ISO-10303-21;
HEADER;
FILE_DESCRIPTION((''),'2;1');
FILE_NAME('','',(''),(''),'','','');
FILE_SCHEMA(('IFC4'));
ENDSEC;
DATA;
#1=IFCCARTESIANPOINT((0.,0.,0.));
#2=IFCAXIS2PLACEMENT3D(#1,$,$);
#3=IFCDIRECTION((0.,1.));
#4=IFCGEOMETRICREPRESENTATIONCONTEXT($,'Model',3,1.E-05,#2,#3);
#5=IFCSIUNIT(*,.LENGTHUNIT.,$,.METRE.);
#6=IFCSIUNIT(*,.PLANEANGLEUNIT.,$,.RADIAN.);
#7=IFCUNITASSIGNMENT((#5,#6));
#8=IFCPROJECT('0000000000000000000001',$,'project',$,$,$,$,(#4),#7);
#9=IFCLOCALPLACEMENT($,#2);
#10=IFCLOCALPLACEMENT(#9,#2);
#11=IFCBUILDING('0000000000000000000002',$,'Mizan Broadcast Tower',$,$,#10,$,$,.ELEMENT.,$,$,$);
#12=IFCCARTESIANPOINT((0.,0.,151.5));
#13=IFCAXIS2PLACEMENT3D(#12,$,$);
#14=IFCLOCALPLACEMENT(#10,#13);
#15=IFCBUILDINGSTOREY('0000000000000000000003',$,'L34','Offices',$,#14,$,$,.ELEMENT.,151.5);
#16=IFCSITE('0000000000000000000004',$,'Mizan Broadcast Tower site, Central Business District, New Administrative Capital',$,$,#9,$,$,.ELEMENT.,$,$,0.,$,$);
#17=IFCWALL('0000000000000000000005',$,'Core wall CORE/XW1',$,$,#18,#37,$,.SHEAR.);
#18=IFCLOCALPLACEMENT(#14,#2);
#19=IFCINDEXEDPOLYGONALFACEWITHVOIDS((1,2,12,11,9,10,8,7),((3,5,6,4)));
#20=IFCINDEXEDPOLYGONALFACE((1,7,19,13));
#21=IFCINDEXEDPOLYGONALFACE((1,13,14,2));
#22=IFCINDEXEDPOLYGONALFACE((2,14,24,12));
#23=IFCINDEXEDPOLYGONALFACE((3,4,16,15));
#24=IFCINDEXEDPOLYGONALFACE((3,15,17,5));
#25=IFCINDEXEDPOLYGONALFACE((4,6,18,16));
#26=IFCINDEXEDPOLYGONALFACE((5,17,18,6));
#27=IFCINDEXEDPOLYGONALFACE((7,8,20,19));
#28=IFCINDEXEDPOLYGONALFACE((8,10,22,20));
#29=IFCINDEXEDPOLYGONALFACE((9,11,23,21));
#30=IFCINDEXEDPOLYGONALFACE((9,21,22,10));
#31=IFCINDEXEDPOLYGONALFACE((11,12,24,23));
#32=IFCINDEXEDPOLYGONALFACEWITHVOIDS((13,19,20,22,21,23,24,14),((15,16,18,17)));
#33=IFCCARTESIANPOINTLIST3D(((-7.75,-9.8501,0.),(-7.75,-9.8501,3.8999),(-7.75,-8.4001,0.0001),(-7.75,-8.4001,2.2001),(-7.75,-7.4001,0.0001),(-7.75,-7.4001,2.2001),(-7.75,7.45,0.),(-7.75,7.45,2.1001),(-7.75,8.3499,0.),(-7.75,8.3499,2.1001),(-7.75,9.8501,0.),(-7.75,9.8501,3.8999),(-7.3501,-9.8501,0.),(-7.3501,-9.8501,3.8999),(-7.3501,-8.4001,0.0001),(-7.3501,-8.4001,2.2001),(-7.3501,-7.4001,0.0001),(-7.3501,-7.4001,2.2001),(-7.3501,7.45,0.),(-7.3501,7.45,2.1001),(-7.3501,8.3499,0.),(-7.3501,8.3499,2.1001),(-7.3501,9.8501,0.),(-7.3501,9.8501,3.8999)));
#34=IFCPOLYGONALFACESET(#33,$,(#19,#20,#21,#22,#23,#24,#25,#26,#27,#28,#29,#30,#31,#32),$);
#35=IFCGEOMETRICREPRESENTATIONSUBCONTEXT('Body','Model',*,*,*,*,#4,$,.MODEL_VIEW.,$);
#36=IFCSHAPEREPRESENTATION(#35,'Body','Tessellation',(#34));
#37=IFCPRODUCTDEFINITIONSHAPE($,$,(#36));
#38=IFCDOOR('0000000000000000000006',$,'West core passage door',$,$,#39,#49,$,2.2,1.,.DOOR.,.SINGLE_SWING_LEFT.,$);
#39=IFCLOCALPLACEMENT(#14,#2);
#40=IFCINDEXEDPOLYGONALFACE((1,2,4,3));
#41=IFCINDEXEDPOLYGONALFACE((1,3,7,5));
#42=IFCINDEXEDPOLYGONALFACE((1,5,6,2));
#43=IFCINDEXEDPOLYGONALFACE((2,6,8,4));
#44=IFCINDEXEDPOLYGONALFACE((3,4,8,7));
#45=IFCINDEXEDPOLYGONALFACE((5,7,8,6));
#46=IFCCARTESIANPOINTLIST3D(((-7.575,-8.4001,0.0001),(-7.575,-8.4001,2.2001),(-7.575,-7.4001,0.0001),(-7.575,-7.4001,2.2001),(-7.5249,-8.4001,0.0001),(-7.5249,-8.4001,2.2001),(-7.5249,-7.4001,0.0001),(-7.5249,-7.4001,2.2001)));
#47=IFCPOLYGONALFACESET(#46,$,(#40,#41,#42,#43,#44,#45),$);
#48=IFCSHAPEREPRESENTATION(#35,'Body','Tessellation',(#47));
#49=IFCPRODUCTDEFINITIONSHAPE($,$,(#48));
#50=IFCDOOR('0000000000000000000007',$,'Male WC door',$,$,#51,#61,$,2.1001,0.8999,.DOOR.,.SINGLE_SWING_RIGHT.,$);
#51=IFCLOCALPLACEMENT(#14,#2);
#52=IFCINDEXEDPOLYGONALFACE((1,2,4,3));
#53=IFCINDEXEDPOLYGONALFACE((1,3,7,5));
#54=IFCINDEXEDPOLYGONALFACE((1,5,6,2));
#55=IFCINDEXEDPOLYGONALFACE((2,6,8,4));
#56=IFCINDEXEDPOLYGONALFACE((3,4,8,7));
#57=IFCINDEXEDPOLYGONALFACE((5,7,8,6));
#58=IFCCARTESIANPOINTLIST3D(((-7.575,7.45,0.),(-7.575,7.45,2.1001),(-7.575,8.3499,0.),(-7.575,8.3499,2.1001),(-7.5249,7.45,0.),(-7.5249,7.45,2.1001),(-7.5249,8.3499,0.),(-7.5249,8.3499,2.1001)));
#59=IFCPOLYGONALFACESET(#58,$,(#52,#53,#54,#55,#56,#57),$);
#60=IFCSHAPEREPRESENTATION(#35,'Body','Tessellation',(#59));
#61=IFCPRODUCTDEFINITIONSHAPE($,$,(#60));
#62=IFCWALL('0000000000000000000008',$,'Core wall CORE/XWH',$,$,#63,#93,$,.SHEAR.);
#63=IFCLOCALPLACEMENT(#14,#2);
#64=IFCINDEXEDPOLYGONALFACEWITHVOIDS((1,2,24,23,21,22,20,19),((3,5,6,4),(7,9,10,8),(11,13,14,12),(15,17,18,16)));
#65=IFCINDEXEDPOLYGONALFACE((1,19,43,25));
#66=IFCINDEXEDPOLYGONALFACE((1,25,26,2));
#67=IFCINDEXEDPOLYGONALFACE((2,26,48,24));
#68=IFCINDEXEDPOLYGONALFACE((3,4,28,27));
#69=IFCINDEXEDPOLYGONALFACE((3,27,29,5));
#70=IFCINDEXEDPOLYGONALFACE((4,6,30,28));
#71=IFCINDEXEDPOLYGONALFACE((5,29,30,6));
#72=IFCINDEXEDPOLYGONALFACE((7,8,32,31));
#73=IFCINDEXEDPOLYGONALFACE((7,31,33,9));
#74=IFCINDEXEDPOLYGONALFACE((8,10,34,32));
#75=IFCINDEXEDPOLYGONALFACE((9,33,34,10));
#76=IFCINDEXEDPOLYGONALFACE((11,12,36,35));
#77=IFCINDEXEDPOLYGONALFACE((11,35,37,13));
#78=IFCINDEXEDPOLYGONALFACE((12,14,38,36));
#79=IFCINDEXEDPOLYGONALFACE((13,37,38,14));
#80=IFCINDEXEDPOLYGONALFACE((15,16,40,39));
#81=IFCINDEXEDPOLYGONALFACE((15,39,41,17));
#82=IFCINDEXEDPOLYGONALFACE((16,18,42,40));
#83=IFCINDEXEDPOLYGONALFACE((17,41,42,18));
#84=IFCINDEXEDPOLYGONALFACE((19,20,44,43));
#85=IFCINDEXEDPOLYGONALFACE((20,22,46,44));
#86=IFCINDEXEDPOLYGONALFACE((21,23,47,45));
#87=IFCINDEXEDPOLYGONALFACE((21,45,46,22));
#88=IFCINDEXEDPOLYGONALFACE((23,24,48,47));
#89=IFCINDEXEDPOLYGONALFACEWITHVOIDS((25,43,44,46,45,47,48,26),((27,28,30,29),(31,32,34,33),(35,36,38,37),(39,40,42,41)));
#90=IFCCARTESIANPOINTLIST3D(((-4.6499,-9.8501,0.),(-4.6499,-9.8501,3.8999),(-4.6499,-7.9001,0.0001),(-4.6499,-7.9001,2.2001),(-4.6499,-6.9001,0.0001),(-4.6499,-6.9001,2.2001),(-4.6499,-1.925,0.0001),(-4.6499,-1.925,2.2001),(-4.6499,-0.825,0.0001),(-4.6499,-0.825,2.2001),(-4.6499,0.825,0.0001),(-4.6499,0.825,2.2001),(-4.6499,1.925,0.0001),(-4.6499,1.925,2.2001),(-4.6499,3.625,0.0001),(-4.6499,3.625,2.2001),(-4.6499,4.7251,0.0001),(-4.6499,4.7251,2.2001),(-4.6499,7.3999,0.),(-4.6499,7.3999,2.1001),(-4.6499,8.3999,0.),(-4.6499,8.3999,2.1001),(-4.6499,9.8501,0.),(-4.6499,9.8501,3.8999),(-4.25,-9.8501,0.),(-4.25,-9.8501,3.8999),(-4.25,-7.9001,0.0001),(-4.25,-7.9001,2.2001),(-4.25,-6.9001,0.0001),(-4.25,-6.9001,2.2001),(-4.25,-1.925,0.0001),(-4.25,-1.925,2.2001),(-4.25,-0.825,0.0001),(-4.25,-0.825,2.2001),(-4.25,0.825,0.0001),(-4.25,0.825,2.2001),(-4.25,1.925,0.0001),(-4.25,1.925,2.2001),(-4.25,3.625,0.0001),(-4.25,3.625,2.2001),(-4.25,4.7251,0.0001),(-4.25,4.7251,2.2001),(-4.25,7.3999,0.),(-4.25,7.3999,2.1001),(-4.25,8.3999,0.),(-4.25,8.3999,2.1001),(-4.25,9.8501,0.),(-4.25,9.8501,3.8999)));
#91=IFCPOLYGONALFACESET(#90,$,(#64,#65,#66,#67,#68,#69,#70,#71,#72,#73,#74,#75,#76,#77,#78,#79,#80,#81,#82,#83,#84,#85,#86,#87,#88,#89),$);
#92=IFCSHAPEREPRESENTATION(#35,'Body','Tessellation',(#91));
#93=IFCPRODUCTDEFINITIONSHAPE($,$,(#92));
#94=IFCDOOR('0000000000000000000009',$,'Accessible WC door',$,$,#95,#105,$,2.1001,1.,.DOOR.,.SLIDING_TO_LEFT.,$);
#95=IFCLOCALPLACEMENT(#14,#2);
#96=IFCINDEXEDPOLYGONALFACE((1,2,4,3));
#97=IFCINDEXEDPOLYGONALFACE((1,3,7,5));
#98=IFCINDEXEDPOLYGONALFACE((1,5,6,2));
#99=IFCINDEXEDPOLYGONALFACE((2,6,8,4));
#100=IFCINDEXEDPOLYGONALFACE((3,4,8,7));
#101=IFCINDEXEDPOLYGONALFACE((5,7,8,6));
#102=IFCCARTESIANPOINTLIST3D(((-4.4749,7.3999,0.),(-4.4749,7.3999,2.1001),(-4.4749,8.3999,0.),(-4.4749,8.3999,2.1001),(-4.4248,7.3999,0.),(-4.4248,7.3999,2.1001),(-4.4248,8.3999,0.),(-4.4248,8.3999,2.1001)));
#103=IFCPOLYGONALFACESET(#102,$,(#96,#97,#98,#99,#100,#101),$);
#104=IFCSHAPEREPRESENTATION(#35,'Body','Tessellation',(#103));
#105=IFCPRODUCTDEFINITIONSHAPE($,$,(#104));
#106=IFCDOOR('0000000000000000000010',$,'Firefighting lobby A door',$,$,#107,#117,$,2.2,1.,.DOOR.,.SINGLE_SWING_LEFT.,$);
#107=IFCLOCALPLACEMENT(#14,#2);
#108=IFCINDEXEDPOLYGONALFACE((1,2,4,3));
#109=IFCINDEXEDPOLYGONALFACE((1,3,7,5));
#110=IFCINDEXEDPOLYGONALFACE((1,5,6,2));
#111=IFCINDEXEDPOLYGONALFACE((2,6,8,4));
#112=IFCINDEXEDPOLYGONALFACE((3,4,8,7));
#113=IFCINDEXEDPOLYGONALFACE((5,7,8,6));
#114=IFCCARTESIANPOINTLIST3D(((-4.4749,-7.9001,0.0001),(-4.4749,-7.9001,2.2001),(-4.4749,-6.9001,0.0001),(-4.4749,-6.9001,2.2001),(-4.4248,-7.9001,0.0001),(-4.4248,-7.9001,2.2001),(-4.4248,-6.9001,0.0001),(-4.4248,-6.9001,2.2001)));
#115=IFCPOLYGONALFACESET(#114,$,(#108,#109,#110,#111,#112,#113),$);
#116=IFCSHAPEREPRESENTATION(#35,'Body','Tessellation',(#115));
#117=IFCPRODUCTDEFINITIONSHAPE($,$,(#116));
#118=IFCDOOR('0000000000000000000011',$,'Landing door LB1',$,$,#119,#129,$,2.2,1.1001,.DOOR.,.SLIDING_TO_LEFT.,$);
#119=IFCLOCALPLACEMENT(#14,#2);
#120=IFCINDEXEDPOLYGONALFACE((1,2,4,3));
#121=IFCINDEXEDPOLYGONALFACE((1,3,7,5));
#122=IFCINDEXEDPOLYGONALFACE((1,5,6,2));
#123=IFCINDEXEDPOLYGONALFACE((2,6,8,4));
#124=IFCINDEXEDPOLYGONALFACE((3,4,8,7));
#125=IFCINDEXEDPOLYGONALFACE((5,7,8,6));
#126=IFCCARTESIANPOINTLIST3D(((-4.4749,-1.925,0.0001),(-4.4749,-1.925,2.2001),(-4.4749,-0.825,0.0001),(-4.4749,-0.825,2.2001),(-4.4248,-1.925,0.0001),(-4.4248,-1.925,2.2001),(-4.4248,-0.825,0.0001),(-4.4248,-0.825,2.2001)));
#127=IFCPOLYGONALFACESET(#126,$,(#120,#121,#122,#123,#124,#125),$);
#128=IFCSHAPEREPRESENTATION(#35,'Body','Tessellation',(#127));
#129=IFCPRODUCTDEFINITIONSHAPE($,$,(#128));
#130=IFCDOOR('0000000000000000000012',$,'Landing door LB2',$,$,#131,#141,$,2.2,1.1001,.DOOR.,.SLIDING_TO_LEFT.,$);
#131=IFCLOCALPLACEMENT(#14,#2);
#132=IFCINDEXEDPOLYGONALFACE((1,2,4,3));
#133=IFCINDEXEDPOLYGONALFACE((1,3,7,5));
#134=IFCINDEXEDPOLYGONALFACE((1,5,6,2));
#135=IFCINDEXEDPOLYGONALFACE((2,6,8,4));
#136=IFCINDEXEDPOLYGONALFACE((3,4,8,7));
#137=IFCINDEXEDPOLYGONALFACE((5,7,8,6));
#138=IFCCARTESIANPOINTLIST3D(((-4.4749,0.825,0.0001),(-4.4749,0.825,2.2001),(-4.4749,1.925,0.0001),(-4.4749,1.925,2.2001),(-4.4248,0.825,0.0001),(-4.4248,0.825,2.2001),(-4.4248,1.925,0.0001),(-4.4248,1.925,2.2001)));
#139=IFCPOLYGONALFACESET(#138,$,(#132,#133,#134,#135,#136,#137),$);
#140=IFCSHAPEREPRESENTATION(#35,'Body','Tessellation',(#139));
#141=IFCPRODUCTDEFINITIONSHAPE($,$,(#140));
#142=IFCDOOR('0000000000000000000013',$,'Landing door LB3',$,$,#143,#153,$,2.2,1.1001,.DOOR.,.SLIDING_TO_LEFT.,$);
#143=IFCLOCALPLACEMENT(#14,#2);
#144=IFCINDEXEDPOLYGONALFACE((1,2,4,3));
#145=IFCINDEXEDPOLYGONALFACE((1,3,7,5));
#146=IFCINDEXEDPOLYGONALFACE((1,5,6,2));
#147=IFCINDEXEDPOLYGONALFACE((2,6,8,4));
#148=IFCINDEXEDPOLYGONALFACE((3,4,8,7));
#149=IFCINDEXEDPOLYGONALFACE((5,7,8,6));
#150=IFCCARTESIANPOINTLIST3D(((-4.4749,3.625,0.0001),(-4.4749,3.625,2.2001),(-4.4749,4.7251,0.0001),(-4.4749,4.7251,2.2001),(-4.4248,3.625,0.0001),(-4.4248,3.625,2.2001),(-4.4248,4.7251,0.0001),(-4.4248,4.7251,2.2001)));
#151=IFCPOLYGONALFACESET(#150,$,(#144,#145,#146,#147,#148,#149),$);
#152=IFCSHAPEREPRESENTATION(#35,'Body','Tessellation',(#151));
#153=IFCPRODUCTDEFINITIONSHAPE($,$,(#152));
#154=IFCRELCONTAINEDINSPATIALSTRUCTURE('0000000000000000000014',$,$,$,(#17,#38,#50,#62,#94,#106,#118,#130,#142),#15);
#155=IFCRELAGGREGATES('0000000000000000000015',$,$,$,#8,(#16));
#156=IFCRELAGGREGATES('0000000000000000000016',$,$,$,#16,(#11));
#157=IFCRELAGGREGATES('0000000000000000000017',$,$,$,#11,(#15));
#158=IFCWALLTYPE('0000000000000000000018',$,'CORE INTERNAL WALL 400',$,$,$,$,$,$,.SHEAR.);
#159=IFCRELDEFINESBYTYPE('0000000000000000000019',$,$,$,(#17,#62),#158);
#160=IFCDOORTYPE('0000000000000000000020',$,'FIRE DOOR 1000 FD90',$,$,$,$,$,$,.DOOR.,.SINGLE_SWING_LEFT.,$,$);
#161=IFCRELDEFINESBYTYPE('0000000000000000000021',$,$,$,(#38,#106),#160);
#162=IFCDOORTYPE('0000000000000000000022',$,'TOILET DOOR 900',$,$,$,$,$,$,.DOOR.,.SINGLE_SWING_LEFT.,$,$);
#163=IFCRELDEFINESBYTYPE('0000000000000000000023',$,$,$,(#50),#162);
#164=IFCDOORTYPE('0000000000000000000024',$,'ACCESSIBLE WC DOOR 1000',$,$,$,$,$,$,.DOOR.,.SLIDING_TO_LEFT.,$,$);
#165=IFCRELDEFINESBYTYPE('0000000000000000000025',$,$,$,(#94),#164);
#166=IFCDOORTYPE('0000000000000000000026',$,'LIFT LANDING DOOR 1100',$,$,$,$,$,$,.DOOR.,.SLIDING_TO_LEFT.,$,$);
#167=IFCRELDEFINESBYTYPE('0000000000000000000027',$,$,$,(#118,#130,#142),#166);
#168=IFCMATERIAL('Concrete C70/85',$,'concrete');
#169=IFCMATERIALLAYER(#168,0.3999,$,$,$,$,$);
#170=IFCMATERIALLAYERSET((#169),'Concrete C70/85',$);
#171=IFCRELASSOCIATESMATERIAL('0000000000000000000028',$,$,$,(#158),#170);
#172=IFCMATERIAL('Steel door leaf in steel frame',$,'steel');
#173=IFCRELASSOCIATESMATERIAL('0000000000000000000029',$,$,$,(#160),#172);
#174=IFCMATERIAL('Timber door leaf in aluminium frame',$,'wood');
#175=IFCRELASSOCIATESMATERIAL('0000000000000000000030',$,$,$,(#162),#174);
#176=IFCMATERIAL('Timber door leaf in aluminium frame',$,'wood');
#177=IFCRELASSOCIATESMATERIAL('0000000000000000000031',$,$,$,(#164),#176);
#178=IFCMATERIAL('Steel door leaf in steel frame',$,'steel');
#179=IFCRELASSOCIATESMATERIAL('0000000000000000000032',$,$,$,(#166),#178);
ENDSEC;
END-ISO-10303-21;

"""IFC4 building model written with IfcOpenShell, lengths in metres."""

from ifc_helpers import new_model, si_unit, direction, frame, frame_2d, origin, place, context, subcontext, project, spatial, rectangle, extrude, material, layer, layer_set, type_object, element, fill, save


model = new_model("IFC4")

# Units and contexts
model_context = context("Model", 3, precision=1e-05, world=origin(), true_north=direction((0.0, 1.0)))
body_context = subcontext(model_context, "Body", "Model", "MODEL_VIEW")
ifc_project = project(units=[si_unit("LENGTHUNIT", "METRE"), si_unit("PLANEANGLEUNIT", "RADIAN")], contexts=[model_context])

# Site, building, storey
site_placement = place(None, origin())
site = spatial("IfcSite", under=ifc_project, at=site_placement, Name="Mizan Broadcast Tower site, Central Business District, New Administrative Capital", CompositionType="ELEMENT", RefElevation=0.0)
building_placement = place(site_placement, origin())
building = spatial("IfcBuilding", under=site, at=building_placement, Name="Mizan Broadcast Tower", CompositionType="ELEMENT")
storey_placement = place(building_placement, frame((0.0, 0.0, 151.5)))
storey = spatial("IfcBuildingStorey", under=building, at=storey_placement, Name="L34", Description="Offices", CompositionType="ELEMENT", Elevation=151.5)

# Walls, openings, doors
ifc_material_1 = material(Name="Concrete C70/85", Category="concrete")
ifc_layer_1 = layer(ifc_material_1, 0.3999)
ifc_layer_set_1 = layer_set([ifc_layer_1], Name="Concrete C70/85")
wall_type_1 = type_object("IfcWallType", Name="CORE INTERNAL WALL 400", PredefinedType="SHEAR", material=ifc_layer_set_1)
wall_1_placement = place(storey_placement, frame((-7.55, -9.8501, 0.0), z_axis=(0.0, 0.0, 1.0), x_axis=(0.0, 1.0, 0.0)))
wall_1 = element("IfcWall", 1, at=wall_1_placement, inside=storey, type_object=wall_type_1, Name="Core wall CORE/XW1", PredefinedType="SHEAR", context=body_context, shape_type="SweptSolid", body=[
    extrude(rectangle(XDim=19.7002, YDim=0.3999, at=frame_2d((9.8501, 0.0))), origin(), (0.0, 0.0, 1.0), 3.8999),
])
opening_1_placement = place(wall_1_placement, frame((1.45, 0.0, 0.0)))
opening_1 = element("IfcOpeningElement", 2, at=opening_1_placement, cuts=wall_1, PredefinedType="OPENING", context=body_context, shape_type="SweptSolid", body=[
    extrude(rectangle(XDim=1.0, YDim=2.2, at=frame_2d((0.5, 1.1001))), frame((0.0, 0.21, 0.0), z_axis=(0.0, -1.0, 0.0), x_axis=(1.0, 0.0, 0.0)), (0.0, 0.0, 1.0), 0.4199),
])
opening_2_placement = place(wall_1_placement, frame((17.3, 0.0, 0.0)))
opening_2 = element("IfcOpeningElement", 3, at=opening_2_placement, cuts=wall_1, PredefinedType="OPENING", context=body_context, shape_type="SweptSolid", body=[
    extrude(rectangle(XDim=0.8999, YDim=2.1001, at=frame_2d((0.45, 1.05))), frame((0.0, 0.21, 0.0), z_axis=(0.0, -1.0, 0.0), x_axis=(1.0, 0.0, 0.0)), (0.0, 0.0, 1.0), 0.4199),
])
ifc_material_2 = material(Name="Steel door leaf in steel frame", Category="steel")
door_type_1 = type_object("IfcDoorType", Name="FIRE DOOR 1000 FD90", OperationType="SINGLE_SWING_LEFT", PredefinedType="DOOR", material=ifc_material_2)
door_1_placement = place(opening_1_placement, origin())
door_1 = element("IfcDoor", 4, at=door_1_placement, inside=storey, type_object=door_type_1, Name="West core passage door", OperationType="SINGLE_SWING_LEFT", OverallHeight=2.2, OverallWidth=1.0, PredefinedType="DOOR", context=body_context, shape_type="SweptSolid", body=[
    extrude(rectangle(XDim=1.0, YDim=2.2, at=frame_2d((0.5, 1.1001))), frame((0.0, 0.0249, 0.0), z_axis=(0.0, -1.0, 0.0), x_axis=(1.0, 0.0, 0.0)), (0.0, 0.0, 1.0), 0.05),
])
fill(opening_1, door_1)
ifc_material_3 = material(Name="Timber door leaf in aluminium frame", Category="wood")
door_type_2 = type_object("IfcDoorType", Name="TOILET DOOR 900", OperationType="SINGLE_SWING_LEFT", PredefinedType="DOOR", material=ifc_material_3)
door_2_placement = place(opening_2_placement, origin())
door_2 = element("IfcDoor", 5, at=door_2_placement, inside=storey, type_object=door_type_2, Name="Male WC door", OperationType="SINGLE_SWING_RIGHT", OverallHeight=2.1001, OverallWidth=0.8999, PredefinedType="DOOR", context=body_context, shape_type="SweptSolid", body=[
    extrude(rectangle(XDim=0.8999, YDim=2.1001, at=frame_2d((0.45, 1.05))), frame((0.0, 0.0249, 0.0), z_axis=(0.0, -1.0, 0.0), x_axis=(1.0, 0.0, 0.0)), (0.0, 0.0, 1.0), 0.05),
])
fill(opening_2, door_2)
wall_2_placement = place(storey_placement, frame((-4.45, -9.8501, 0.0), z_axis=(0.0, 0.0, 1.0), x_axis=(0.0, 1.0, 0.0)))
wall_2 = element("IfcWall", 6, at=wall_2_placement, inside=storey, type_object=wall_type_1, Name="Core wall CORE/XWH", PredefinedType="SHEAR", context=body_context, shape_type="SweptSolid", body=[
    extrude(rectangle(XDim=19.7002, YDim=0.3999, at=frame_2d((9.8501, 0.0))), origin(), (0.0, 0.0, 1.0), 3.8999),
])
opening_3_placement = place(wall_2_placement, frame((1.95, 0.0, 0.0)))
opening_3 = element("IfcOpeningElement", 7, at=opening_3_placement, cuts=wall_2, PredefinedType="OPENING", context=body_context, shape_type="SweptSolid", body=[
    extrude(rectangle(XDim=1.0, YDim=2.2, at=frame_2d((0.5, 1.1001))), frame((0.0, 0.21, 0.0), z_axis=(0.0, -1.0, 0.0), x_axis=(1.0, 0.0, 0.0)), (0.0, 0.0, 1.0), 0.4199),
])
opening_4_placement = place(wall_2_placement, frame((17.25, 0.0, 0.0)))
opening_4 = element("IfcOpeningElement", 8, at=opening_4_placement, cuts=wall_2, PredefinedType="OPENING", context=body_context, shape_type="SweptSolid", body=[
    extrude(rectangle(XDim=1.0, YDim=2.1001, at=frame_2d((0.5, 1.05))), frame((0.0, 0.21, 0.0), z_axis=(0.0, -1.0, 0.0), x_axis=(1.0, 0.0, 0.0)), (0.0, 0.0, 1.0), 0.4199),
])
opening_5_placement = place(wall_2_placement, frame((7.925, 0.0, 0.0)))
opening_5 = element("IfcOpeningElement", 9, at=opening_5_placement, cuts=wall_2, PredefinedType="OPENING", context=body_context, shape_type="SweptSolid", body=[
    extrude(rectangle(XDim=1.1001, YDim=2.2, at=frame_2d((0.55, 1.1001))), frame((0.0, 0.21, 0.0), z_axis=(0.0, -1.0, 0.0), x_axis=(1.0, 0.0, 0.0)), (0.0, 0.0, 1.0), 0.4199),
])
opening_6_placement = place(wall_2_placement, frame((10.675, 0.0, 0.0)))
opening_6 = element("IfcOpeningElement", 10, at=opening_6_placement, cuts=wall_2, PredefinedType="OPENING", context=body_context, shape_type="SweptSolid", body=[
    extrude(rectangle(XDim=1.1001, YDim=2.2, at=frame_2d((0.55, 1.1001))), frame((0.0, 0.21, 0.0), z_axis=(0.0, -1.0, 0.0), x_axis=(1.0, 0.0, 0.0)), (0.0, 0.0, 1.0), 0.4199),
])
opening_7_placement = place(wall_2_placement, frame((13.4751, 0.0, 0.0)))
opening_7 = element("IfcOpeningElement", 11, at=opening_7_placement, cuts=wall_2, PredefinedType="OPENING", context=body_context, shape_type="SweptSolid", body=[
    extrude(rectangle(XDim=1.1001, YDim=2.2, at=frame_2d((0.55, 1.1001))), frame((0.0, 0.21, 0.0), z_axis=(0.0, -1.0, 0.0), x_axis=(1.0, 0.0, 0.0)), (0.0, 0.0, 1.0), 0.4199),
])
ifc_material_4 = material(Name="Timber door leaf in aluminium frame", Category="wood")
door_type_3 = type_object("IfcDoorType", Name="ACCESSIBLE WC DOOR 1000", OperationType="SLIDING_TO_LEFT", PredefinedType="DOOR", material=ifc_material_4)
door_3_placement = place(opening_4_placement, origin())
door_3 = element("IfcDoor", 12, at=door_3_placement, inside=storey, type_object=door_type_3, Name="Accessible WC door", OperationType="SLIDING_TO_LEFT", OverallHeight=2.1001, OverallWidth=1.0, PredefinedType="DOOR", context=body_context, shape_type="SweptSolid", body=[
    extrude(rectangle(XDim=1.0, YDim=2.1001, at=frame_2d((0.5, 1.05))), frame((0.0, 0.0249, 0.0), z_axis=(0.0, -1.0, 0.0), x_axis=(1.0, 0.0, 0.0)), (0.0, 0.0, 1.0), 0.05),
])
fill(opening_4, door_3)
door_4_placement = place(opening_3_placement, origin())
door_4 = element("IfcDoor", 13, at=door_4_placement, inside=storey, type_object=door_type_1, Name="Firefighting lobby A door", OperationType="SINGLE_SWING_LEFT", OverallHeight=2.2, OverallWidth=1.0, PredefinedType="DOOR", context=body_context, shape_type="SweptSolid", body=[
    extrude(rectangle(XDim=1.0, YDim=2.2, at=frame_2d((0.5, 1.1001))), frame((0.0, 0.0249, 0.0), z_axis=(0.0, -1.0, 0.0), x_axis=(1.0, 0.0, 0.0)), (0.0, 0.0, 1.0), 0.05),
])
fill(opening_3, door_4)
ifc_material_5 = material(Name="Steel door leaf in steel frame", Category="steel")
door_type_4 = type_object("IfcDoorType", Name="LIFT LANDING DOOR 1100", OperationType="SLIDING_TO_LEFT", PredefinedType="DOOR", material=ifc_material_5)
door_5_placement = place(opening_5_placement, origin())
door_5 = element("IfcDoor", 14, at=door_5_placement, inside=storey, type_object=door_type_4, Name="Landing door LB1", OperationType="SLIDING_TO_LEFT", OverallHeight=2.2, OverallWidth=1.1001, PredefinedType="DOOR", context=body_context, shape_type="SweptSolid", body=[
    extrude(rectangle(XDim=1.1001, YDim=2.2, at=frame_2d((0.55, 1.1001))), frame((0.0, 0.0249, 0.0), z_axis=(0.0, -1.0, 0.0), x_axis=(1.0, 0.0, 0.0)), (0.0, 0.0, 1.0), 0.05),
])
fill(opening_5, door_5)
door_6_placement = place(opening_6_placement, origin())
door_6 = element("IfcDoor", 15, at=door_6_placement, inside=storey, type_object=door_type_4, Name="Landing door LB2", OperationType="SLIDING_TO_LEFT", OverallHeight=2.2, OverallWidth=1.1001, PredefinedType="DOOR", context=body_context, shape_type="SweptSolid", body=[
    extrude(rectangle(XDim=1.1001, YDim=2.2, at=frame_2d((0.55, 1.1001))), frame((0.0, 0.0249, 0.0), z_axis=(0.0, -1.0, 0.0), x_axis=(1.0, 0.0, 0.0)), (0.0, 0.0, 1.0), 0.05),
])
fill(opening_6, door_6)
door_7_placement = place(opening_7_placement, origin())
door_7 = element("IfcDoor", 16, at=door_7_placement, inside=storey, type_object=door_type_4, Name="Landing door LB3", OperationType="SLIDING_TO_LEFT", OverallHeight=2.2, OverallWidth=1.1001, PredefinedType="DOOR", context=body_context, shape_type="SweptSolid", body=[
    extrude(rectangle(XDim=1.1001, YDim=2.2, at=frame_2d((0.55, 1.1001))), frame((0.0, 0.0249, 0.0), z_axis=(0.0, -1.0, 0.0), x_axis=(1.0, 0.0, 0.0)), (0.0, 0.0, 1.0), 0.05),
])
fill(opening_7, door_7)

save(model, "model.ifc")
